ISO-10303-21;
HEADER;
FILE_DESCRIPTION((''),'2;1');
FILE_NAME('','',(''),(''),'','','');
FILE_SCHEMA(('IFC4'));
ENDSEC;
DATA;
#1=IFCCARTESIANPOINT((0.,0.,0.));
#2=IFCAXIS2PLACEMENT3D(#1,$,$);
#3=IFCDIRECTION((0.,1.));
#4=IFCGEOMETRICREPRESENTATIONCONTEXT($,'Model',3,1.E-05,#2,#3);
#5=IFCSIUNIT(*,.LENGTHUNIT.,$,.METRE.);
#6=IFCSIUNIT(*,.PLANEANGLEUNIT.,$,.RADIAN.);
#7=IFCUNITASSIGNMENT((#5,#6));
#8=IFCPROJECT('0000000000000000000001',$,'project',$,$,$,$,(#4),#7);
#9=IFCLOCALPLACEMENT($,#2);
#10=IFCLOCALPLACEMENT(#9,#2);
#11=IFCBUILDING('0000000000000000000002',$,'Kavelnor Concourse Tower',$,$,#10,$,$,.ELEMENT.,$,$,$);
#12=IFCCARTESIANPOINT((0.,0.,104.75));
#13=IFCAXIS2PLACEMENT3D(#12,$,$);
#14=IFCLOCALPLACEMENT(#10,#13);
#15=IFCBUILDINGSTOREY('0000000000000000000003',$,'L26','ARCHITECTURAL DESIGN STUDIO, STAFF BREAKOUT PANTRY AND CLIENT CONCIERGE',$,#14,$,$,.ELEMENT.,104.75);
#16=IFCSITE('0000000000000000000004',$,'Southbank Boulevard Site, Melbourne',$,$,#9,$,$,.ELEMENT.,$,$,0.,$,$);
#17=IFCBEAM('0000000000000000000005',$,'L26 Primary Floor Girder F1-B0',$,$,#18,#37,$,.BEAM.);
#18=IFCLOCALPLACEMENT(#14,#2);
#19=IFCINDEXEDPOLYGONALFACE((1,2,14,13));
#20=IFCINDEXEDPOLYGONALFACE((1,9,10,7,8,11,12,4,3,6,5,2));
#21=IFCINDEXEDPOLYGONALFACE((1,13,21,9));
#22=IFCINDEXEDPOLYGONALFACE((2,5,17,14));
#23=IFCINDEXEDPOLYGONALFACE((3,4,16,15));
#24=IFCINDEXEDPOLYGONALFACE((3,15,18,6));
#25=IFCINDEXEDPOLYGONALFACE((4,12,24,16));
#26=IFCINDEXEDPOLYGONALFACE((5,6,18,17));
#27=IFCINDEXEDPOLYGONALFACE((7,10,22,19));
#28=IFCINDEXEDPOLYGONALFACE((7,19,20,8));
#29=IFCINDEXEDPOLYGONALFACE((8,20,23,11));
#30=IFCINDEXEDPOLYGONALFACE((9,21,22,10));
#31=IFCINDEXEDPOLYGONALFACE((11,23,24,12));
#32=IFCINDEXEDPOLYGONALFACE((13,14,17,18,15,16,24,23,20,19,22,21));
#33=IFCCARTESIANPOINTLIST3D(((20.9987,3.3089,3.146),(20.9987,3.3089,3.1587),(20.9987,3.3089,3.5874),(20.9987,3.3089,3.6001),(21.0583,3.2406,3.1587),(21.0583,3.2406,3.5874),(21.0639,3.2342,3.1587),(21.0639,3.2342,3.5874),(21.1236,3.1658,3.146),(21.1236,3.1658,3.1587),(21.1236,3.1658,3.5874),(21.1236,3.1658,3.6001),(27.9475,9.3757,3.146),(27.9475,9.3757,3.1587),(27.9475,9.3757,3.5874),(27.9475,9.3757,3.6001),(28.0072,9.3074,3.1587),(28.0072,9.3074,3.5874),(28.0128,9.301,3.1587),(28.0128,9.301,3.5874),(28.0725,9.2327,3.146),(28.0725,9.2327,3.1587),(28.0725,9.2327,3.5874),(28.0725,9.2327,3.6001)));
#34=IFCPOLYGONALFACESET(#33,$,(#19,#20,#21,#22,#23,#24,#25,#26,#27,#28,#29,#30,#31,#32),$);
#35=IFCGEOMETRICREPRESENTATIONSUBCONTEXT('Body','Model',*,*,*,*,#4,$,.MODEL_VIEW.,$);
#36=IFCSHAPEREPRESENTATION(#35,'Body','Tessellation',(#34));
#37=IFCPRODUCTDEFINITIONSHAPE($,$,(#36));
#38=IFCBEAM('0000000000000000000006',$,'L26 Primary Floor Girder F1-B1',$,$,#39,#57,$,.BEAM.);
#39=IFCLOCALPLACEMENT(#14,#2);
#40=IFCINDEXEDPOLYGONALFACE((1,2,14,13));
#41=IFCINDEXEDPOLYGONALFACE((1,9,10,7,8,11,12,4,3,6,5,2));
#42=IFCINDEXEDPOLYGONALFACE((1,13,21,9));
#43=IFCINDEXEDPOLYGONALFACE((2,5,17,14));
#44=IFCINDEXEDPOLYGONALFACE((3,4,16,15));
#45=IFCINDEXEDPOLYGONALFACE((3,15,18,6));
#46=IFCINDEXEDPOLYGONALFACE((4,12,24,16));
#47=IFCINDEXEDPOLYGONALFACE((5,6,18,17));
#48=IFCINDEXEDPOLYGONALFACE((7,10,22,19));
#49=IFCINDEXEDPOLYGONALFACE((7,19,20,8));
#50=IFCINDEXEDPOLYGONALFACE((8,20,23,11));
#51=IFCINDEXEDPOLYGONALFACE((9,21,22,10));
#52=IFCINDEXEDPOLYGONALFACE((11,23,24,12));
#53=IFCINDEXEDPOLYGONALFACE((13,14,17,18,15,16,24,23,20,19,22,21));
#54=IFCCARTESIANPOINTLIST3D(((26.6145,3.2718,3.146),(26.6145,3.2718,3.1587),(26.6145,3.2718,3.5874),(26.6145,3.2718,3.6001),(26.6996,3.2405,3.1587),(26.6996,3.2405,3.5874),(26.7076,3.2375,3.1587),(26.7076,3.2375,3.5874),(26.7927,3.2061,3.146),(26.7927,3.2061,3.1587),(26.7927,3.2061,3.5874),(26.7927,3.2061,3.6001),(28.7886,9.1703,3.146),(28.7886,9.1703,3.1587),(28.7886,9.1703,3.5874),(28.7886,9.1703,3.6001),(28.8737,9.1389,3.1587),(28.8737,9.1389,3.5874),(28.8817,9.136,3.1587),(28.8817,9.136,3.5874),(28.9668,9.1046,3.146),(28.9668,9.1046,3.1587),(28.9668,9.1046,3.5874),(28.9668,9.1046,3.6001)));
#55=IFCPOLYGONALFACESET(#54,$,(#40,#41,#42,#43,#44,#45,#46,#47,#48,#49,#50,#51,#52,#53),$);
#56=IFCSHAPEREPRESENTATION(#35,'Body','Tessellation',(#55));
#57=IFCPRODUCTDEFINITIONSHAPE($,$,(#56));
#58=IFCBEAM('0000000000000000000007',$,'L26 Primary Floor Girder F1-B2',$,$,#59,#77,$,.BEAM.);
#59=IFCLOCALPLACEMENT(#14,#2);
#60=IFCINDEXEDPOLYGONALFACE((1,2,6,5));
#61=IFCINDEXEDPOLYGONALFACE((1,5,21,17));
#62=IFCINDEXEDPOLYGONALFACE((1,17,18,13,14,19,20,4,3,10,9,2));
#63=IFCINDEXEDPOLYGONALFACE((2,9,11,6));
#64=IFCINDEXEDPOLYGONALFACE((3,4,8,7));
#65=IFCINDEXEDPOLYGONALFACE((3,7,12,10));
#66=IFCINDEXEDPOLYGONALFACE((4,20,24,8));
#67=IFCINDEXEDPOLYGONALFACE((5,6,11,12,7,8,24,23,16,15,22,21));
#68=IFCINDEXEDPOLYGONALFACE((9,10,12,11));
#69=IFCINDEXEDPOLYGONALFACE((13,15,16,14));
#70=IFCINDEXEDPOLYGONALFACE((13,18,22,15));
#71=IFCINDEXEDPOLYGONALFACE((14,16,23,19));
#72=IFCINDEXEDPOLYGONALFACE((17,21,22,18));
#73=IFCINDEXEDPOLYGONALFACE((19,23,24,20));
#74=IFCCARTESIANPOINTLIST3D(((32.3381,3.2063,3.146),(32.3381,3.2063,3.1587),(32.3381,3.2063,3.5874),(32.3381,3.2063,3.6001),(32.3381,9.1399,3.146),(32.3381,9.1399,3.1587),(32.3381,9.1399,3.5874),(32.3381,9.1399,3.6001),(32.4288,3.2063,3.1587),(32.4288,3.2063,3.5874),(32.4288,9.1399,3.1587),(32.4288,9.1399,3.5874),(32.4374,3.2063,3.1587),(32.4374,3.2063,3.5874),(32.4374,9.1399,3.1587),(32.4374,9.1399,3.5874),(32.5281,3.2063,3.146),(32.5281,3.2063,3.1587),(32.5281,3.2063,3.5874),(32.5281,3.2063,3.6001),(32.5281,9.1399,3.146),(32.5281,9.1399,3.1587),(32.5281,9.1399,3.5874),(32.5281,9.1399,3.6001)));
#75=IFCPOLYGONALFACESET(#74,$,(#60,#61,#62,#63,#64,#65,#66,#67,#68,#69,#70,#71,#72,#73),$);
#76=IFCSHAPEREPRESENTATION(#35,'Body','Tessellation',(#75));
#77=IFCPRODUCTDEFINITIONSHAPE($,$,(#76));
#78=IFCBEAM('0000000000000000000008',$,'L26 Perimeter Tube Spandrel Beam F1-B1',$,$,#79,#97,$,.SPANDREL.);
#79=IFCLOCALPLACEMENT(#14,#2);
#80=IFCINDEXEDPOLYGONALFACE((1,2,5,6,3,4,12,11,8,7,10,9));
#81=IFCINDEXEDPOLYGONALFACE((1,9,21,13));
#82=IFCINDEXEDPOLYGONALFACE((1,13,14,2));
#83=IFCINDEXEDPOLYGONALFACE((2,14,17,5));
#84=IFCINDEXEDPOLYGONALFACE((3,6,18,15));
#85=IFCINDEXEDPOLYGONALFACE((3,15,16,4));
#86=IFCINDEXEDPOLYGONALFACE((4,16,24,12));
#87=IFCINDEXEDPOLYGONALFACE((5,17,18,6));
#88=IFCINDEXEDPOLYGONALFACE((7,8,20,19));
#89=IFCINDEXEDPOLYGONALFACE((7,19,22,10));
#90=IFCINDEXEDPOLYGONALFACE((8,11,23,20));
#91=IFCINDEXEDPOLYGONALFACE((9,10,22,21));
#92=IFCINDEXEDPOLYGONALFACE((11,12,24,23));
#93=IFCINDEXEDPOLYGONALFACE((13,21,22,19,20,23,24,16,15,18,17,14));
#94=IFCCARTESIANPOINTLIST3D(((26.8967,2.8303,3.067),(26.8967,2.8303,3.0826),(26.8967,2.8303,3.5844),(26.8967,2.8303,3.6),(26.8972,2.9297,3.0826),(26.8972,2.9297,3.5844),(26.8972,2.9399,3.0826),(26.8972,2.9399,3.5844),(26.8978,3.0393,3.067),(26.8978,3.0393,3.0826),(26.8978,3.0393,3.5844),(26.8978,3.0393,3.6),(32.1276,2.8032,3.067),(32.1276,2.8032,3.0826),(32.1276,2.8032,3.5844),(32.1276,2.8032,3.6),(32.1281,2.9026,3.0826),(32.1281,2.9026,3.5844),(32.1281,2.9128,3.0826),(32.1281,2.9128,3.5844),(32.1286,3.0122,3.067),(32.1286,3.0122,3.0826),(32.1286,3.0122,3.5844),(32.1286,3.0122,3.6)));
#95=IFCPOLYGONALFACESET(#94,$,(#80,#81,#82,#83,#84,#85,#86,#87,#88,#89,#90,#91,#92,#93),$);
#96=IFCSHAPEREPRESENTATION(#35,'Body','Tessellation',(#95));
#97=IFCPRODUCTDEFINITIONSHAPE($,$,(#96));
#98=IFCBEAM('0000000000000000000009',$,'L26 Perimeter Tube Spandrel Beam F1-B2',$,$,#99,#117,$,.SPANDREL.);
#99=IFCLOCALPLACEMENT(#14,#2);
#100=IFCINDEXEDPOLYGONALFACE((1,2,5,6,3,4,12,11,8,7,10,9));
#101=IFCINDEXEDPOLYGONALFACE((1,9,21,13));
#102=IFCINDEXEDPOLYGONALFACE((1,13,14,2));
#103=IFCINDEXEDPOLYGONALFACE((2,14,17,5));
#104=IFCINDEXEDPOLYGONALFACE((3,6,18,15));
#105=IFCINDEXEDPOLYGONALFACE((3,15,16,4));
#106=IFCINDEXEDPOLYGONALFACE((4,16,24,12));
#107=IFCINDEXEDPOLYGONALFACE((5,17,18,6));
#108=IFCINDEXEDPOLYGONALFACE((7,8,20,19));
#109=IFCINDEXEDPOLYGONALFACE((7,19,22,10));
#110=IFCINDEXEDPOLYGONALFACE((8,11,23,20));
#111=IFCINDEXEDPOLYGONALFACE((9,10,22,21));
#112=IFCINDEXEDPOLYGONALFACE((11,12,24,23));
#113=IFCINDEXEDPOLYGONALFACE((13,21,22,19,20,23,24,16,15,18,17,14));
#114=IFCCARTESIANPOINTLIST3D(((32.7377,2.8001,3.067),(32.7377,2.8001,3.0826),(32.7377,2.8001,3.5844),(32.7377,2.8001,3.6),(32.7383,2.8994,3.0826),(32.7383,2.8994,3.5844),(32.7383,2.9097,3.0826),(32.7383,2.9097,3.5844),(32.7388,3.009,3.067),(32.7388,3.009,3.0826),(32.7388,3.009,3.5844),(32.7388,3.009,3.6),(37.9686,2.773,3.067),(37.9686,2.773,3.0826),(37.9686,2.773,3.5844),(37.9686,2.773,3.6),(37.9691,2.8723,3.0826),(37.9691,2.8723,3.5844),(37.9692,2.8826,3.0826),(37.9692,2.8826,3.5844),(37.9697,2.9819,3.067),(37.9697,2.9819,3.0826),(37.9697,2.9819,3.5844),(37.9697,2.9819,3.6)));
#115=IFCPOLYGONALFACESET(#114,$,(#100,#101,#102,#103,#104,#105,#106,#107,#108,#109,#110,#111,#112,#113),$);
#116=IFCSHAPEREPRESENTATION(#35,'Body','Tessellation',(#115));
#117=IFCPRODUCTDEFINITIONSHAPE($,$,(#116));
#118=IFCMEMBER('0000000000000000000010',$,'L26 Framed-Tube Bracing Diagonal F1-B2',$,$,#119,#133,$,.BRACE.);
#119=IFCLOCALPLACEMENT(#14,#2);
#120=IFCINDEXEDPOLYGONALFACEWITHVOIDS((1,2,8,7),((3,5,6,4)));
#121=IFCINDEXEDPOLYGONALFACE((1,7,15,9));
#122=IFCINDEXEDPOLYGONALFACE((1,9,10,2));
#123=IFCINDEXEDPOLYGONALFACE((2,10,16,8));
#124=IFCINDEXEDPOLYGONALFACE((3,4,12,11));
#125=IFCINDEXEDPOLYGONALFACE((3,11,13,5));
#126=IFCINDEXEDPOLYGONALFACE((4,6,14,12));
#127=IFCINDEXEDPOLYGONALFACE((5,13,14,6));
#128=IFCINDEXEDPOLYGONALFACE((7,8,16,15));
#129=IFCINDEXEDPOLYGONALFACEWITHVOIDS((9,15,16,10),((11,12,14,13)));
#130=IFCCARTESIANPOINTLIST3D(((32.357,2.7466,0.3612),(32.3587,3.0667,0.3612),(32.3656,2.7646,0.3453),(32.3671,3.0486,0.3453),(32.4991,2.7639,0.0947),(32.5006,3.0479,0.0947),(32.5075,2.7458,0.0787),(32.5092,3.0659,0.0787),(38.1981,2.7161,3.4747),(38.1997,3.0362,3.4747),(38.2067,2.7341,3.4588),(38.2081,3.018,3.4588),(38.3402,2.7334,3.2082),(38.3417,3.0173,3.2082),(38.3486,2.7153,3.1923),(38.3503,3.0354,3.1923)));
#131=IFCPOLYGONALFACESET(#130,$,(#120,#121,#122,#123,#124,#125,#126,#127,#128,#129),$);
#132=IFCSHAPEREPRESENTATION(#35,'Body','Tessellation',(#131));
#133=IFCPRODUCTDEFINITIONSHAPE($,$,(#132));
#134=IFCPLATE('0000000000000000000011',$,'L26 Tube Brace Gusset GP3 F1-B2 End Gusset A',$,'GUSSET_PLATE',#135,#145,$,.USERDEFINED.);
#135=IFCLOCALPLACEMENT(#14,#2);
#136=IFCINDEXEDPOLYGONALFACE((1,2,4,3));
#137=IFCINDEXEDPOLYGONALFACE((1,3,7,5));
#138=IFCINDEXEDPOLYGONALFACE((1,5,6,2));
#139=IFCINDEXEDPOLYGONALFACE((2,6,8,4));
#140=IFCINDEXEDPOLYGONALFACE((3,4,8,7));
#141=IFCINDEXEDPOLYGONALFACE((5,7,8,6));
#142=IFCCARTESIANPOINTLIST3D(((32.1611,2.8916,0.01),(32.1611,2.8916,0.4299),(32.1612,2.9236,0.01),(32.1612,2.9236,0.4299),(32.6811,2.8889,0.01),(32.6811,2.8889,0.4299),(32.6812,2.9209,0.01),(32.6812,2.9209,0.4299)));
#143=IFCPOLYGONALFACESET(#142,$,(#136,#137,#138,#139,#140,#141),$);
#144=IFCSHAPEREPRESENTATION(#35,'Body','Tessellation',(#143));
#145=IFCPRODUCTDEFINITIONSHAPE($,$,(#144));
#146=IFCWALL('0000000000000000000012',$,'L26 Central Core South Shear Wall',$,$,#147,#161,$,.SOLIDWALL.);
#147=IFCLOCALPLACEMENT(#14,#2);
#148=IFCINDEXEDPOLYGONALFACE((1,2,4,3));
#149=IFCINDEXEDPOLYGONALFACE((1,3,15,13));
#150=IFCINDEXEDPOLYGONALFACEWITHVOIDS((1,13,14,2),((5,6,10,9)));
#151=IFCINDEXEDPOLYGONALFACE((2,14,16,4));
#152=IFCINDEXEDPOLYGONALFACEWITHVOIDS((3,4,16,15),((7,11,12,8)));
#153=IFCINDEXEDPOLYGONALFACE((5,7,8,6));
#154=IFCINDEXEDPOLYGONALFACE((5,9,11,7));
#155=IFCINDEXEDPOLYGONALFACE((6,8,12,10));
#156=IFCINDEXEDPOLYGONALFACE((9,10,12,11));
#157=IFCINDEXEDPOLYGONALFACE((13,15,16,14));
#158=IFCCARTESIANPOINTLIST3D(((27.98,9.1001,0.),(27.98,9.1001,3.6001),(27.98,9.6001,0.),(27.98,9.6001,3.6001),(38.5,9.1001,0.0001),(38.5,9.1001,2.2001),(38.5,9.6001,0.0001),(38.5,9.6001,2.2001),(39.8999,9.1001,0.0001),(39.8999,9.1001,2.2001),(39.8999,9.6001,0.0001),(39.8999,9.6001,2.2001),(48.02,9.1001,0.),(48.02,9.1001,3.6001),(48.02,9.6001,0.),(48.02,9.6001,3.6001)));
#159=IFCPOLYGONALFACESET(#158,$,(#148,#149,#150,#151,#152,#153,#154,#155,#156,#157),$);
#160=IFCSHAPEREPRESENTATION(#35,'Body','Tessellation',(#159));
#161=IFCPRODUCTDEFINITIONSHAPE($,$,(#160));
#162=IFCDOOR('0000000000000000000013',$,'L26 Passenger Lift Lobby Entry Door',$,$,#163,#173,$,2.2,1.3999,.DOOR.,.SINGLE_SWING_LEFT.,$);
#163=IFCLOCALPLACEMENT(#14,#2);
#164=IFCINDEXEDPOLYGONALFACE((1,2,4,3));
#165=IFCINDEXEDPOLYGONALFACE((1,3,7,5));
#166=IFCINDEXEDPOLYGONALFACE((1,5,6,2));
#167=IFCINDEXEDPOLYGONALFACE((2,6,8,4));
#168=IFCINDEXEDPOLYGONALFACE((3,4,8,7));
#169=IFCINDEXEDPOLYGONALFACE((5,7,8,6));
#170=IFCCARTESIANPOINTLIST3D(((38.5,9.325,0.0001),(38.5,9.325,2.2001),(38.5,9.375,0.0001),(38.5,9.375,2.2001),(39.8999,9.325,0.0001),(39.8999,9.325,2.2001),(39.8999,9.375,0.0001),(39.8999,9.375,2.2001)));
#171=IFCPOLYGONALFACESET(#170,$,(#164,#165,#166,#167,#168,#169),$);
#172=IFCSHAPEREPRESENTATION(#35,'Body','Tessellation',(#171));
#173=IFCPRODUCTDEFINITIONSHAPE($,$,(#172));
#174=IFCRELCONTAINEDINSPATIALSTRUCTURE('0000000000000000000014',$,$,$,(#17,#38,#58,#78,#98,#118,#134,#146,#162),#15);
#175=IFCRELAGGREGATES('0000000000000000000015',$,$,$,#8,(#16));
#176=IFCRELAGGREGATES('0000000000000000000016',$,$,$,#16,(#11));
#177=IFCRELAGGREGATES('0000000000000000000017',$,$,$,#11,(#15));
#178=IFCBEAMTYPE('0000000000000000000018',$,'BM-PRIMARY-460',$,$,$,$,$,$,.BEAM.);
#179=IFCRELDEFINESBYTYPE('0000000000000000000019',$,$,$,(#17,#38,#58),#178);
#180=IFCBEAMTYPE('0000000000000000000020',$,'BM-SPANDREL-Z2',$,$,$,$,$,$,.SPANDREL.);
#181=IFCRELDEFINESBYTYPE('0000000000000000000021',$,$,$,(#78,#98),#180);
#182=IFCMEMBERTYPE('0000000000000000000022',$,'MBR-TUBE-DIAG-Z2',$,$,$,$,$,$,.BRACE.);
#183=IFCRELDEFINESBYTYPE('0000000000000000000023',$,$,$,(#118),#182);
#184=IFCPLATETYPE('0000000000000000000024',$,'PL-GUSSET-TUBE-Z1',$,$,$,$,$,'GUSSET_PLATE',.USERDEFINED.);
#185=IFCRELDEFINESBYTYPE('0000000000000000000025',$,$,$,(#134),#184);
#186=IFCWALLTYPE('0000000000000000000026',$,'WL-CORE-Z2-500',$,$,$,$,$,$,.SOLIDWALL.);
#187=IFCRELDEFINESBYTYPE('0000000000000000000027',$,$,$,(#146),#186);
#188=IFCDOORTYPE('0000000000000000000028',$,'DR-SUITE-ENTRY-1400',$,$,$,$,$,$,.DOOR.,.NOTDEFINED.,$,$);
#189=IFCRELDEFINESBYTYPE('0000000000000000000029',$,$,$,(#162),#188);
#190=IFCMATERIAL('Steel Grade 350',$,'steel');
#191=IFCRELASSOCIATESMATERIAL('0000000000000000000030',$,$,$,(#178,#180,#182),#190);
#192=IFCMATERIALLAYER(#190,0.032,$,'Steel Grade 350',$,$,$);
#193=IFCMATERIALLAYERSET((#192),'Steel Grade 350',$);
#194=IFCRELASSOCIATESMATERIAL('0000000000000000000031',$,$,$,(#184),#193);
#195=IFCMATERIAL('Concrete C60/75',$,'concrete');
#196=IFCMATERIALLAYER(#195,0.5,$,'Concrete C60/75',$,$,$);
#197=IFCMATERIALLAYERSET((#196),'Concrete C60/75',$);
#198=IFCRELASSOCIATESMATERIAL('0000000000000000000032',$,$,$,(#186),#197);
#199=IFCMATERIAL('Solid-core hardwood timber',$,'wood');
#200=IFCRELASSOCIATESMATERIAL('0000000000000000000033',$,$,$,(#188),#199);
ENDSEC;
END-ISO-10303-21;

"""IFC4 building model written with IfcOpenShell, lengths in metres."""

from ifc_helpers import new_model, si_unit, direction, frame, frame_2d, origin, origin_2d, place, context, subcontext, project, spatial, rectangle, hollow_rectangle, i_section, extrude, material, layer, layer_set, material_profile, profile_set, type_object, element, fill, save


model = new_model("IFC4")

# Units and contexts
model_context = context("Model", 3, precision=1e-05, world=origin(), true_north=direction((0.0, 1.0)))
body_context = subcontext(model_context, "Body", "Model", "MODEL_VIEW")
ifc_project = project(units=[si_unit("LENGTHUNIT", "METRE"), si_unit("PLANEANGLEUNIT", "RADIAN")], contexts=[model_context])

# Site, building, storey
site_placement = place(None, origin())
site = spatial("IfcSite", under=ifc_project, at=site_placement, Name="Southbank Boulevard Site, Melbourne", CompositionType="ELEMENT", RefElevation=0.0)
building_placement = place(site_placement, origin())
building = spatial("IfcBuilding", under=site, at=building_placement, Name="Kavelnor Concourse Tower", CompositionType="ELEMENT")
storey_placement = place(building_placement, frame((0.0, 0.0, 104.75)))
storey = spatial("IfcBuildingStorey", under=building, at=storey_placement, Name="L26", Description="ARCHITECTURAL DESIGN STUDIO, STAFF BREAKOUT PANTRY AND CLIENT CONCIERGE", CompositionType="ELEMENT", Elevation=104.75)

# Shared definitions
ifc_material_1 = material(Name="Steel Grade 350", Category="steel")

# Beams
ifc_material_profile_1 = material_profile(ifc_material_1, i_section(OverallWidth=0.1899, OverallDepth=0.4541, WebThickness=0.0085, FlangeThickness=0.0127, at=origin_2d()), Name="460UB67")
ifc_profile_set_1 = profile_set([ifc_material_profile_1], Name="Steel Grade 350")
beam_type_1 = type_object("IfcBeamType", Name="BM-PRIMARY-460", PredefinedType="BEAM", material=ifc_profile_set_1)
beam_1_placement = place(storey_placement, frame((28.01, 9.3042, 3.373), z_axis=(-0.753299, -0.657678, 0.0), x_axis=(0.657678, -0.753299, 0.0)))
element("IfcBeam", 1, at=beam_1_placement, inside=storey, type_object=beam_type_1, Name="L26 Primary Floor Girder F1-B0", PredefinedType="BEAM", context=body_context, shape_type="SweptSolid", body=[
    extrude(i_section(OverallWidth=0.1899, OverallDepth=0.4541, WebThickness=0.0085, FlangeThickness=0.0127, at=origin_2d()), origin(), (0.0, 0.0, 1.0), 9.2246),
])
beam_2_placement = place(storey_placement, frame((28.8777, 9.1375, 3.373), z_axis=(-0.34584, -0.938293, 0.0), x_axis=(0.938293, -0.34584, 0.0)))
element("IfcBeam", 2, at=beam_2_placement, inside=storey, type_object=beam_type_1, Name="L26 Primary Floor Girder F1-B1", PredefinedType="BEAM", context=body_context, shape_type="SweptSolid", body=[
    extrude(i_section(OverallWidth=0.1899, OverallDepth=0.4541, WebThickness=0.0085, FlangeThickness=0.0127, at=origin_2d()), origin(), (0.0, 0.0, 1.0), 6.2864),
])
beam_3_placement = place(storey_placement, frame((32.4331, 9.1399, 3.373), z_axis=(0.0, -1.0, 0.0), x_axis=(1.0, 0.0, 0.0)))
element("IfcBeam", 3, at=beam_3_placement, inside=storey, type_object=beam_type_1, Name="L26 Primary Floor Girder F1-B2", PredefinedType="BEAM", context=body_context, shape_type="SweptSolid", body=[
    extrude(i_section(OverallWidth=0.1899, OverallDepth=0.4541, WebThickness=0.0085, FlangeThickness=0.0127, at=origin_2d()), origin(), (0.0, 0.0, 1.0), 5.9336),
])
ifc_material_profile_2 = material_profile(ifc_material_1, i_section(OverallWidth=0.209, OverallDepth=0.533, WebThickness=0.0103, FlangeThickness=0.0156, at=origin_2d()), Name="530UB92")
ifc_profile_set_2 = profile_set([ifc_material_profile_2], Name="Steel Grade 350")
beam_type_2 = type_object("IfcBeamType", Name="BM-SPANDREL-Z2", PredefinedType="SPANDREL", material=ifc_profile_set_2)
for number, where, z_axis, x_axis, name in (
    (4, (26.8972, 2.9348, 3.3335), (0.999987, -0.005181, 0.0), (0.005181, 0.999987, 0.0), "L26 Perimeter Tube Spandrel Beam F1-B1"),
    (5, (32.7383, 2.9045, 3.3335), (0.999987, -0.005181, 0.0), (0.005181, 0.999987, 0.0), "L26 Perimeter Tube Spandrel Beam F1-B2"),
):
    element("IfcBeam", number, at=place(storey_placement, frame(where, z_axis=z_axis, x_axis=x_axis)), inside=storey, type_object=beam_type_2, Name=name, PredefinedType="SPANDREL", context=body_context, shape_type="SweptSolid", body=[
        extrude(i_section(OverallWidth=0.209, OverallDepth=0.533, WebThickness=0.0103, FlangeThickness=0.0156, at=origin_2d()), origin(), (0.0, 0.0, 1.0), 5.231),
    ])

# Member
ifc_material_profile_3 = material_profile(ifc_material_1, hollow_rectangle(XDim=0.3201, YDim=0.3201, WallThickness=0.0181, at=origin_2d()), Name="SHS 320x320x18")
ifc_profile_set_3 = profile_set([ifc_material_profile_3], Name="Steel Grade 350")
member_type = type_object("IfcMemberType", Name="MBR-TUBE-DIAG-Z2", PredefinedType="BRACE", material=ifc_profile_set_3)
member_placement = place(storey_placement, frame((32.4331, 2.9062, 0.22), z_axis=(0.882451, -0.004611, 0.470382), x_axis=(0.005225, 0.999986, 0.0)))
element("IfcMember", 6, at=member_placement, inside=storey, type_object=member_type, Name="L26 Framed-Tube Bracing Diagonal F1-B2", PredefinedType="BRACE", context=body_context, shape_type="SweptSolid", body=[
    extrude(hollow_rectangle(XDim=0.3201, YDim=0.3201, WallThickness=0.0181, at=origin_2d()), origin(), (0.0, 0.0, 1.0), 6.6191),
])

# Plate
ifc_layer_1 = layer(ifc_material_1, 0.032, Name="Steel Grade 350")
ifc_layer_set_1 = layer_set([ifc_layer_1], Name="Steel Grade 350")
plate_type = type_object("IfcPlateType", Name="PL-GUSSET-TUBE-Z1", ElementType="GUSSET_PLATE", PredefinedType="USERDEFINED", material=ifc_layer_set_1)
plate_placement = place(storey_placement, frame((32.4211, 2.9062, 0.01), z_axis=(0.0, 0.0, 1.0), x_axis=(0.999986, -0.005236, 0.0)))
element("IfcPlate", 7, at=plate_placement, inside=storey, type_object=plate_type, Name="L26 Tube Brace Gusset GP3 F1-B2 End Gusset A", ObjectType="GUSSET_PLATE", PredefinedType="USERDEFINED", context=body_context, shape_type="SweptSolid", body=[
    extrude(rectangle(XDim=0.52, YDim=0.032, at=origin_2d()), origin(), (0.0, 0.0, 1.0), 0.4199),
])

# Wall, opening, door
ifc_material_2 = material(Name="Concrete C60/75", Category="concrete")
ifc_layer_2 = layer(ifc_material_2, 0.5, Name="Concrete C60/75")
ifc_layer_set_2 = layer_set([ifc_layer_2], Name="Concrete C60/75")
wall_type_1 = type_object("IfcWallType", Name="WL-CORE-Z2-500", PredefinedType="SOLIDWALL", material=ifc_layer_set_2)
wall_1_placement = place(storey_placement, frame((27.98, 9.3501, 0.0), z_axis=(0.0, 0.0, 1.0), x_axis=(1.0, 0.0, 0.0)))
wall_1 = element("IfcWall", 8, at=wall_1_placement, inside=storey, type_object=wall_type_1, Name="L26 Central Core South Shear Wall", PredefinedType="SOLIDWALL", context=body_context, shape_type="SweptSolid", body=[
    extrude(rectangle(XDim=20.04, YDim=0.5, at=frame_2d((10.02, 0.0))), origin(), (0.0, 0.0, 1.0), 3.6001),
])
opening_1_placement = place(wall_1_placement, frame((10.52, 0.0, 0.0)))
opening_1 = element("IfcOpeningElement", 9, at=opening_1_placement, cuts=wall_1, PredefinedType="OPENING", context=body_context, shape_type="SweptSolid", body=[
    extrude(rectangle(XDim=1.3999, YDim=2.2, at=frame_2d((0.7, 1.1001))), frame((0.0, 0.26, 0.0), z_axis=(0.0, -1.0, 0.0), x_axis=(1.0, 0.0, 0.0)), (0.0, 0.0, 1.0), 0.52),
])
ifc_material_3 = material(Name="Solid-core hardwood timber", Category="wood")
door_type_1 = type_object("IfcDoorType", Name="DR-SUITE-ENTRY-1400", OperationType="NOTDEFINED", PredefinedType="DOOR", material=ifc_material_3)
door_1_placement = place(opening_1_placement, origin())
door_1 = element("IfcDoor", 10, at=door_1_placement, inside=storey, type_object=door_type_1, Name="L26 Passenger Lift Lobby Entry Door", OperationType="SINGLE_SWING_LEFT", OverallHeight=2.2, OverallWidth=1.3999, PredefinedType="DOOR", context=body_context, shape_type="SweptSolid", body=[
    extrude(rectangle(XDim=1.3999, YDim=2.2, at=frame_2d((0.7, 1.1001))), frame((0.0, 0.0249, 0.0), z_axis=(0.0, -1.0, 0.0), x_axis=(1.0, 0.0, 0.0)), (0.0, 0.0, 1.0), 0.05),
])
fill(opening_1, door_1)

save(model, "model.ifc")
